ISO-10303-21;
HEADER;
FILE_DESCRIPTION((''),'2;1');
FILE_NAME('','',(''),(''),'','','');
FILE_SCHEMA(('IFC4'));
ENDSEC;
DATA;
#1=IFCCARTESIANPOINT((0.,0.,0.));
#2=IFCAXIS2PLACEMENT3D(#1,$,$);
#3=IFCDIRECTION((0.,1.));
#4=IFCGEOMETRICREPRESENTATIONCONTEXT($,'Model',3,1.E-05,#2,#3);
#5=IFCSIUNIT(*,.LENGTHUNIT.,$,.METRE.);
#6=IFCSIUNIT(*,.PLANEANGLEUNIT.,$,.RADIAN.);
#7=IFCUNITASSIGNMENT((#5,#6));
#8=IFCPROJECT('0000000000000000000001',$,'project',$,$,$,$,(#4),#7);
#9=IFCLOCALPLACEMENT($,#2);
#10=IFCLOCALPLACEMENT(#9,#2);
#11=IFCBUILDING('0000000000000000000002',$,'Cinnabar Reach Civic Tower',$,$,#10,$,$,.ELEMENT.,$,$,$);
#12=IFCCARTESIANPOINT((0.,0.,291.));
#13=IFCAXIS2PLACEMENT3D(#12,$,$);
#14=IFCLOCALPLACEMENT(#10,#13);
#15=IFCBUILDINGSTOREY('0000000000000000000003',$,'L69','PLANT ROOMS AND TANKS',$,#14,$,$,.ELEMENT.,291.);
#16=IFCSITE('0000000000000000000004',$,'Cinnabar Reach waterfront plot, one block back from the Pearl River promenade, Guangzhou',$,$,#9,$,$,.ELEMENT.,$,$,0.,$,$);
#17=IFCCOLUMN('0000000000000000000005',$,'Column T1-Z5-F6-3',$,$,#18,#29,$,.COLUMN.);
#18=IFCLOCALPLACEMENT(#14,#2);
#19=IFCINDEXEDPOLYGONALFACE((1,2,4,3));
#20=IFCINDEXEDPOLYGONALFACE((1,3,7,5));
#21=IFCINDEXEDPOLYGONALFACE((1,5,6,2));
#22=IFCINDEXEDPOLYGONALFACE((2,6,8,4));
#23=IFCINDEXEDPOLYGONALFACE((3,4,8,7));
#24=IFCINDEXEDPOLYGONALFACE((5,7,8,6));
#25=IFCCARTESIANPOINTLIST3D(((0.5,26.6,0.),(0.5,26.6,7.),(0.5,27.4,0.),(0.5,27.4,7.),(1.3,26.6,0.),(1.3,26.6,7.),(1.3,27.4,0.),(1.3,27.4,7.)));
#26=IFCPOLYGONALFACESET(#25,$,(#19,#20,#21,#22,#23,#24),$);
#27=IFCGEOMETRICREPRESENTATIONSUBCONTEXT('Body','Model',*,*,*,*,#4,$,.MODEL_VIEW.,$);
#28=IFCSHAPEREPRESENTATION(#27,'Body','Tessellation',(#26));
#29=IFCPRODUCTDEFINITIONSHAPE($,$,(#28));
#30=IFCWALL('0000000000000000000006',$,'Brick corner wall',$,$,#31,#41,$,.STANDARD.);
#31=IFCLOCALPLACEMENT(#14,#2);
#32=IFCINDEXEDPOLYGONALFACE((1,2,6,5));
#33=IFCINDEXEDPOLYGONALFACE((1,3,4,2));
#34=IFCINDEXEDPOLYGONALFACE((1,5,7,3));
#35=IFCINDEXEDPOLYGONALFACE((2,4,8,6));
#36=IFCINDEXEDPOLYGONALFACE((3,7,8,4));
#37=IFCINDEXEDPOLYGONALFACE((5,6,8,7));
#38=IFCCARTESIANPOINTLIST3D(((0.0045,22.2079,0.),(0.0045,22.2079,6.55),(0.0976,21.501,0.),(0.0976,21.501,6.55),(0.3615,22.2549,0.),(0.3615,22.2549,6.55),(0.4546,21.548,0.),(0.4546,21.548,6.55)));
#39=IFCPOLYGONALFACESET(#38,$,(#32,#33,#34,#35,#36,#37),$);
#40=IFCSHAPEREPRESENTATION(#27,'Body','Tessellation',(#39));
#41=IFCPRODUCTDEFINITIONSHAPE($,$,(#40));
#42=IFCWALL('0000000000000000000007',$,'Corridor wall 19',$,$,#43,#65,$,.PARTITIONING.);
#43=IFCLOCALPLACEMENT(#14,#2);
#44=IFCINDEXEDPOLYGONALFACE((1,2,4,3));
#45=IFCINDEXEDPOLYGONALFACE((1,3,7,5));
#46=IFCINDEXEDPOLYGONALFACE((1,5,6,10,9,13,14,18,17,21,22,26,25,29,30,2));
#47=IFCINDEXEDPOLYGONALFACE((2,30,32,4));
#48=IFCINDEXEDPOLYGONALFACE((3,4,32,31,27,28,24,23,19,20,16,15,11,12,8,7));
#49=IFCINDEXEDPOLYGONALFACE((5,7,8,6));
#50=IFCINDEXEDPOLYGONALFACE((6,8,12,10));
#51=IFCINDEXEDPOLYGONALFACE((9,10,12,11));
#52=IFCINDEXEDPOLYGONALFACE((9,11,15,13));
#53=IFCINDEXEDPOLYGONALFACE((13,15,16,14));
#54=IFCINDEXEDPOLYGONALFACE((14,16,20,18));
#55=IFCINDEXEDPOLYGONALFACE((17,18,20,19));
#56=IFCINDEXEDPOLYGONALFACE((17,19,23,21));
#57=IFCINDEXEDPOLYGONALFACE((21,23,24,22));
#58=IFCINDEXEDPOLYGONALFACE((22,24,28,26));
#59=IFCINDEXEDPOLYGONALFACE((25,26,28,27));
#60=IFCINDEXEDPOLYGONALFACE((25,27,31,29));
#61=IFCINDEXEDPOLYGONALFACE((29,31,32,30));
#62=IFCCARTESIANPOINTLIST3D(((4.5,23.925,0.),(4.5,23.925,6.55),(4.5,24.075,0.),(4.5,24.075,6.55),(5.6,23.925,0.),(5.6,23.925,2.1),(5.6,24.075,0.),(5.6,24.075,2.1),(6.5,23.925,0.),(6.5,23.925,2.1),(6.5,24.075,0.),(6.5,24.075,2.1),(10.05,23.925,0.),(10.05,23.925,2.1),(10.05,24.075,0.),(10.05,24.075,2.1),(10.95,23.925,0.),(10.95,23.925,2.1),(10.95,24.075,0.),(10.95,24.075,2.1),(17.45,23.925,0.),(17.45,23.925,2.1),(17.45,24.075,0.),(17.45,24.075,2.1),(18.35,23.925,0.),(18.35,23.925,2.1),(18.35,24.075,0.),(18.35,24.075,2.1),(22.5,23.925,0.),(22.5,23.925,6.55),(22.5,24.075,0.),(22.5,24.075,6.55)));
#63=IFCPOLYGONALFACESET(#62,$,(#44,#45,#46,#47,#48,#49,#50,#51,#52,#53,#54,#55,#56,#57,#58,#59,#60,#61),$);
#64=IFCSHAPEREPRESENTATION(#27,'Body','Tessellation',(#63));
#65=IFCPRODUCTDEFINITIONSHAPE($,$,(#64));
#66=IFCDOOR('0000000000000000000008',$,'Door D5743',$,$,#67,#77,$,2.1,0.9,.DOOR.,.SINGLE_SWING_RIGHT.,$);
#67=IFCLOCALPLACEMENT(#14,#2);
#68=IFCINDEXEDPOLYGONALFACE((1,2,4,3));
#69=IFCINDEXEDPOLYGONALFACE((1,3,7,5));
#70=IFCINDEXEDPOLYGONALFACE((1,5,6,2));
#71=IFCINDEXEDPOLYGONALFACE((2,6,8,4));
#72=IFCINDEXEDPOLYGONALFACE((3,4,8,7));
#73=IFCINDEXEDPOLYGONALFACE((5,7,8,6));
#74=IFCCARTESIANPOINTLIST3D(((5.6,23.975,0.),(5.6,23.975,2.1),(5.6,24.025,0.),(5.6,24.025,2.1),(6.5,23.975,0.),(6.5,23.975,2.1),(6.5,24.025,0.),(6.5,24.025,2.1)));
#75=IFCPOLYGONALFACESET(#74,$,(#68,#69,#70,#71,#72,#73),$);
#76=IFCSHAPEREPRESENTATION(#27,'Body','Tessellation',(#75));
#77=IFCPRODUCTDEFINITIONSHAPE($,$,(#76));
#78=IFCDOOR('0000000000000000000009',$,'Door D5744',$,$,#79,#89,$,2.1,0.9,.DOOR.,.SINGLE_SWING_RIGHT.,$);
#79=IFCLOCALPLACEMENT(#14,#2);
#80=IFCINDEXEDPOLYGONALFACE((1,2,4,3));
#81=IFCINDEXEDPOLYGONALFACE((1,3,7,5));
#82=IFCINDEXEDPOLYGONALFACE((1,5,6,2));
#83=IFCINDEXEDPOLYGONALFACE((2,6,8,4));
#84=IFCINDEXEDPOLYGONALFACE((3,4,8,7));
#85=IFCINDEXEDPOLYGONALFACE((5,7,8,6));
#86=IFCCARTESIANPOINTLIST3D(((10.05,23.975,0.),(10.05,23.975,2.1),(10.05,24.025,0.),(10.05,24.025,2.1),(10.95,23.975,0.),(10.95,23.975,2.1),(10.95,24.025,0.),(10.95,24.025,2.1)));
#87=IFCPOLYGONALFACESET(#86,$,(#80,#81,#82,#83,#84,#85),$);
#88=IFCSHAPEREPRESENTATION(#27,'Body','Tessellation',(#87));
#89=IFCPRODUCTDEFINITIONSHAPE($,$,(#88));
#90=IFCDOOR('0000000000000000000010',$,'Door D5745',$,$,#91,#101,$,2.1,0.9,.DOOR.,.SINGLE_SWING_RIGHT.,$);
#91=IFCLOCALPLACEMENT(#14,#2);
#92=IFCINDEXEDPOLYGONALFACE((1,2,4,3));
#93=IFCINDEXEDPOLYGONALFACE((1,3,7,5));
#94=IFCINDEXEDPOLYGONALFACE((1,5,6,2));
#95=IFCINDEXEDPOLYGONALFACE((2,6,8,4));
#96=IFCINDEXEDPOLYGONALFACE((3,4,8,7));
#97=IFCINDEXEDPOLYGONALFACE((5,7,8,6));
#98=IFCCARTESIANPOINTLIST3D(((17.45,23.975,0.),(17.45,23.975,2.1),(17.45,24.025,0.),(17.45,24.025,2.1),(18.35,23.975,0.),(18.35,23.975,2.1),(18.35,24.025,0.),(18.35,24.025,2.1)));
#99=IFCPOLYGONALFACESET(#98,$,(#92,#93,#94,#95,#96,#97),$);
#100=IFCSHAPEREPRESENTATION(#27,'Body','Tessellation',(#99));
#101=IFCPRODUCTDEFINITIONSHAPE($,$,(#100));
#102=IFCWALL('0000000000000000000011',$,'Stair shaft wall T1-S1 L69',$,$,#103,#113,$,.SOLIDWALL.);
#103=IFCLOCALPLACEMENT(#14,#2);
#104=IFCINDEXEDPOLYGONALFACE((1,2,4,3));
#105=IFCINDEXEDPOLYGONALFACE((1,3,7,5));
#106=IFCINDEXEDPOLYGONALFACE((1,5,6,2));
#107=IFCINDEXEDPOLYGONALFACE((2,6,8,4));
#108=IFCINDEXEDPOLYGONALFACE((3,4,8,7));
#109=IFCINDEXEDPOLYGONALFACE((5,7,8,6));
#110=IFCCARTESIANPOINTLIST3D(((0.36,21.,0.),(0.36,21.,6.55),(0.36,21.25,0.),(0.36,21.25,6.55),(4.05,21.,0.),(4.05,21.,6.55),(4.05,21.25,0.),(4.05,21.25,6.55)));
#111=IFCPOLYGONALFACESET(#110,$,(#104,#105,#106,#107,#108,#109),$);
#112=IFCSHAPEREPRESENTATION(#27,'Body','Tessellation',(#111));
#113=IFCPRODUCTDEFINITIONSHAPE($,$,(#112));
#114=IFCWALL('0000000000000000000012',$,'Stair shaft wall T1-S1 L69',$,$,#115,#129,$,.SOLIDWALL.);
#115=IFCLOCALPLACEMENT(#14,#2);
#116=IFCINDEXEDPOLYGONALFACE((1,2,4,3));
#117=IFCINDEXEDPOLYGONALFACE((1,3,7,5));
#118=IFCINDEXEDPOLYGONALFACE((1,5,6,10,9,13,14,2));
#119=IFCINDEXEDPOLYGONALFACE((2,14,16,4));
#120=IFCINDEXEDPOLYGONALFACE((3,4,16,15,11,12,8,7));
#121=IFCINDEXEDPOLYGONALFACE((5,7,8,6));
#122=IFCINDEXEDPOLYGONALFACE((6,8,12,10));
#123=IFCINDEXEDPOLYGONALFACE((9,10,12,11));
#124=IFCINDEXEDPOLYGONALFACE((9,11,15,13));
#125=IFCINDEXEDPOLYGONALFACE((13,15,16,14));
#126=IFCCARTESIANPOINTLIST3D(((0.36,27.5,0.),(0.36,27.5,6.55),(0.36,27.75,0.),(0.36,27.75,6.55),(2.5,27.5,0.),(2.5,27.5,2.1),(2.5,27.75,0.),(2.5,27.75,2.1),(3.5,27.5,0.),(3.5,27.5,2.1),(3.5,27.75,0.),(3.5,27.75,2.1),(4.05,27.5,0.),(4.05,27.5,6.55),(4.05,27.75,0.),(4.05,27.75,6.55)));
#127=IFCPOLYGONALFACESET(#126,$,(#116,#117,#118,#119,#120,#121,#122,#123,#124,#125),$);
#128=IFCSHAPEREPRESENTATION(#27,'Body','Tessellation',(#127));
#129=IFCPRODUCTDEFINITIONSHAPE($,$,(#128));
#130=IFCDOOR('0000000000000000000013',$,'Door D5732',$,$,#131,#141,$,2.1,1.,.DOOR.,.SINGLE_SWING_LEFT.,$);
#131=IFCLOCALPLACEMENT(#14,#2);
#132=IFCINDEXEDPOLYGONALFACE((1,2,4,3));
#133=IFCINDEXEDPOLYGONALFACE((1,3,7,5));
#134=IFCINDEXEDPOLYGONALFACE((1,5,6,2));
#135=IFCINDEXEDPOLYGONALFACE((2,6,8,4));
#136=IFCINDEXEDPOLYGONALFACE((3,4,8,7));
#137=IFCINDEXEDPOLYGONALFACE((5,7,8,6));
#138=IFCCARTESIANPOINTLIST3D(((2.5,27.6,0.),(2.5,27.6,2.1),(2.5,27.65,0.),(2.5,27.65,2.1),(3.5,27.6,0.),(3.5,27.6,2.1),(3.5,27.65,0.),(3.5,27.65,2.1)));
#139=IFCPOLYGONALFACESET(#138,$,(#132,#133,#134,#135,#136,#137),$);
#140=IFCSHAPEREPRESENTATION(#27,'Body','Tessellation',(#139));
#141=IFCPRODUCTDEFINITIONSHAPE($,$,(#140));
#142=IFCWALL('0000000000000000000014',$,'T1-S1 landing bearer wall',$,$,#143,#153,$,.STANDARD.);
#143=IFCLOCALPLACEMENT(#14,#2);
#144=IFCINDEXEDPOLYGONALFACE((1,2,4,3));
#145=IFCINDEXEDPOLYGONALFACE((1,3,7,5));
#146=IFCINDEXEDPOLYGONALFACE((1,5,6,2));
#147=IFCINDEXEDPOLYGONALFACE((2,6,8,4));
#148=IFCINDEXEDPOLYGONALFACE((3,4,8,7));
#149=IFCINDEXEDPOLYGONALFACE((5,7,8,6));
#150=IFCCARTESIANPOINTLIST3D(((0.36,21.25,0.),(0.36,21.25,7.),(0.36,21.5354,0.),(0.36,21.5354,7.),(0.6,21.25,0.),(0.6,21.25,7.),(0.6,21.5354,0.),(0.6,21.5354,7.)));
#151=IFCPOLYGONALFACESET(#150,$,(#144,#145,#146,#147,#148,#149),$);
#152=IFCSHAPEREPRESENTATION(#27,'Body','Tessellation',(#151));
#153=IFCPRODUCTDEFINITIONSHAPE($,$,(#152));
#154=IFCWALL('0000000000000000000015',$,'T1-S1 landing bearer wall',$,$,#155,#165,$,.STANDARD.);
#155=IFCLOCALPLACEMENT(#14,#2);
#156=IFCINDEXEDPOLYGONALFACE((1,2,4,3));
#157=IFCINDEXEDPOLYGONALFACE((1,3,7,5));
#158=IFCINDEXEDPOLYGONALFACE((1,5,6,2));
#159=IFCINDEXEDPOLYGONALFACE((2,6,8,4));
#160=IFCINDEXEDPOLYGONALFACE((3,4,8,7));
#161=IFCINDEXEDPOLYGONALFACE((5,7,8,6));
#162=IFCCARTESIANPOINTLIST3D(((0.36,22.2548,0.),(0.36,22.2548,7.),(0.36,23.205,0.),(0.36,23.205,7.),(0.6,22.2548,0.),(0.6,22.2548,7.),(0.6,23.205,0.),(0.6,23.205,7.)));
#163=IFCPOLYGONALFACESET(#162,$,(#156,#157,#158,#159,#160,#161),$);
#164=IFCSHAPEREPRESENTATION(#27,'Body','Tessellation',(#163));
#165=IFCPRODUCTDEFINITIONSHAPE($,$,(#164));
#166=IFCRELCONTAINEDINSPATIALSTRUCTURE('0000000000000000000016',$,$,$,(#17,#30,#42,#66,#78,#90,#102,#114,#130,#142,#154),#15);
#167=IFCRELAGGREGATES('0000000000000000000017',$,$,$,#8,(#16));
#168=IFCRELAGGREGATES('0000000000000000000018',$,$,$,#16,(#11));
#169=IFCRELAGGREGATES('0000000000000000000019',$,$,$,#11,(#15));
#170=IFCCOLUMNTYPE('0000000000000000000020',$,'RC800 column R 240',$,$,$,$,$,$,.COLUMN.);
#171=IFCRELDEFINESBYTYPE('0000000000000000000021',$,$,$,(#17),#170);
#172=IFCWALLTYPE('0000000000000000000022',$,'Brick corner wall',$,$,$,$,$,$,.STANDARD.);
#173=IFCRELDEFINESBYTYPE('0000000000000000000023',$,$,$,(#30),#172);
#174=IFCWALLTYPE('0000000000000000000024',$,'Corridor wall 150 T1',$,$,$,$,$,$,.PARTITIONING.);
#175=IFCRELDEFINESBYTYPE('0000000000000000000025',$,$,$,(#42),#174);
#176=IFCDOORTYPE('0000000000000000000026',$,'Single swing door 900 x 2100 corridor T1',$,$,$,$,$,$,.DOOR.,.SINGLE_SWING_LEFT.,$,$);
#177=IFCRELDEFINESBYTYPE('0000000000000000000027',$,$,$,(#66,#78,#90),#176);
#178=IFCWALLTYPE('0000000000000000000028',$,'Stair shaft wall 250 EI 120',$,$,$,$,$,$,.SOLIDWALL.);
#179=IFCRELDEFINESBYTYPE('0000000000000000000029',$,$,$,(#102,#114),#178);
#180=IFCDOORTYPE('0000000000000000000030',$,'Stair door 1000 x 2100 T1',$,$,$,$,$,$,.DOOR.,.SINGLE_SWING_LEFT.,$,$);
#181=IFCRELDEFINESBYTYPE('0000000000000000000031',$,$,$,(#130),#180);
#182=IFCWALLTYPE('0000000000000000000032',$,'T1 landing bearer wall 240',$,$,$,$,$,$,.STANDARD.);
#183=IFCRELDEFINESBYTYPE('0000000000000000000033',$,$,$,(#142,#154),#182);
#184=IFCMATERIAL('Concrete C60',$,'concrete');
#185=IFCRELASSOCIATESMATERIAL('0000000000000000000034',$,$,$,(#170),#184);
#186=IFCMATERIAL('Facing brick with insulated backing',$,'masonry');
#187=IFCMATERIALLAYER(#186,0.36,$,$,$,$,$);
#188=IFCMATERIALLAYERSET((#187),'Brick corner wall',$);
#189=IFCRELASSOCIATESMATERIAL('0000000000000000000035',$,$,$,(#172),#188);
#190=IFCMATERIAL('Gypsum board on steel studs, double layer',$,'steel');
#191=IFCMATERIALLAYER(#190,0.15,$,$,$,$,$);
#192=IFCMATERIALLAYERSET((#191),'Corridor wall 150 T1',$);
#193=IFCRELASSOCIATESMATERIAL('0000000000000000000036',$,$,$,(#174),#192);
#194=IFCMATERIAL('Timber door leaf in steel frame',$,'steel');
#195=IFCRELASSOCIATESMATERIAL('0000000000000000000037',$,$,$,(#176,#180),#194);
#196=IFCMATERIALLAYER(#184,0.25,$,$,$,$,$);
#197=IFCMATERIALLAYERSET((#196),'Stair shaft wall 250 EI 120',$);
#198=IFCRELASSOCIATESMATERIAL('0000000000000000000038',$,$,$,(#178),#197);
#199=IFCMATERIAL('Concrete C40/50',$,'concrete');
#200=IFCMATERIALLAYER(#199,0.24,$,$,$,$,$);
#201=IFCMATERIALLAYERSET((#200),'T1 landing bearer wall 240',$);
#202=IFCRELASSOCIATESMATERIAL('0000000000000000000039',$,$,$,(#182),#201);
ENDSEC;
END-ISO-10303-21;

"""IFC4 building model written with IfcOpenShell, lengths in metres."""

from ifc_helpers import new_model, si_unit, direction, frame, frame_2d, origin, origin_2d, place, context, subcontext, project, spatial, rectangle, extrude, material, layer, layer_set, material_profile, profile_set, type_object, element, fill, save


model = new_model("IFC4")

# Units and contexts
model_context = context("Model", 3, precision=1e-05, world=origin(), true_north=direction((0.0, 1.0)))
body_context = subcontext(model_context, "Body", "Model", "MODEL_VIEW")
ifc_project = project(units=[si_unit("LENGTHUNIT", "METRE"), si_unit("PLANEANGLEUNIT", "RADIAN")], contexts=[model_context])

# Site, building, storey
site_placement = place(None, origin())
site = spatial("IfcSite", under=ifc_project, at=site_placement, Name="Cinnabar Reach waterfront plot, one block back from the Pearl River promenade, Guangzhou", CompositionType="ELEMENT", RefElevation=0.0)
building_placement = place(site_placement, origin())
building = spatial("IfcBuilding", under=site, at=building_placement, Name="Cinnabar Reach Civic Tower", CompositionType="ELEMENT")
storey_placement = place(building_placement, frame((0.0, 0.0, 291.0)))
storey = spatial("IfcBuildingStorey", under=building, at=storey_placement, Name="L69", Description="PLANT ROOMS AND TANKS", CompositionType="ELEMENT", Elevation=291.0)

# Column
ifc_material_1 = material(Name="Concrete C60", Category="concrete")
ifc_material_profile = material_profile(ifc_material_1, rectangle(XDim=0.8, YDim=0.8, at=origin_2d()), Name="RC800")
ifc_profile_set = profile_set([ifc_material_profile], Name="Concrete C60")
column_type = type_object("IfcColumnType", Name="RC800 column R 240", PredefinedType="COLUMN", material=ifc_profile_set)
column_placement = place(storey_placement, frame((0.9, 27.0, 0.0), z_axis=(0.0, 0.0, 1.0), x_axis=(1.0, 0.0, 0.0)))
element("IfcColumn", 1, at=column_placement, inside=storey, type_object=column_type, Name="Column T1-Z5-F6-3", PredefinedType="COLUMN", context=body_context, shape_type="SweptSolid", body=[
    extrude(rectangle(XDim=0.8, YDim=0.8, at=origin_2d()), origin(), (0.0, 0.0, 1.0), 7.0),
])

# Wall
ifc_material_2 = material(Name="Facing brick with insulated backing", Category="masonry")
ifc_layer_1 = layer(ifc_material_2, 0.36)
ifc_layer_set_1 = layer_set([ifc_layer_1], Name="Brick corner wall")
wall_type_1 = type_object("IfcWallType", Name="Brick corner wall", PredefinedType="STANDARD", material=ifc_layer_set_1)
wall_1_placement = place(storey_placement, frame((0.183, 22.2314, 0.0), z_axis=(0.0, 0.0, 1.0), x_axis=(0.130556, -0.991441, 0.0)))
element("IfcWall", 2, at=wall_1_placement, inside=storey, type_object=wall_type_1, Name="Brick corner wall", PredefinedType="STANDARD", context=body_context, shape_type="SweptSolid", body=[
    extrude(rectangle(XDim=0.7131, YDim=0.36, at=frame_2d((0.3565, 0.0))), origin(), (0.0, 0.0, 1.0), 6.55),
])

# Wall, openings, doors
ifc_material_3 = material(Name="Gypsum board on steel studs, double layer", Category="steel")
ifc_layer_2 = layer(ifc_material_3, 0.15)
ifc_layer_set_2 = layer_set([ifc_layer_2], Name="Corridor wall 150 T1")
wall_type_2 = type_object("IfcWallType", Name="Corridor wall 150 T1", PredefinedType="PARTITIONING", material=ifc_layer_set_2)
wall_2_placement = place(storey_placement, frame((4.5, 24.0, 0.0), z_axis=(0.0, 0.0, 1.0), x_axis=(1.0, 0.0, 0.0)))
wall_2 = element("IfcWall", 3, at=wall_2_placement, inside=storey, type_object=wall_type_2, Name="Corridor wall 19", PredefinedType="PARTITIONING", context=body_context, shape_type="SweptSolid", body=[
    extrude(rectangle(XDim=18.0, YDim=0.15, at=frame_2d((9.0, 0.0))), origin(), (0.0, 0.0, 1.0), 6.55),
])
opening_1_placement = place(wall_2_placement, frame((1.1, 0.0, 0.0)))
opening_1 = element("IfcOpeningElement", 4, at=opening_1_placement, cuts=wall_2, PredefinedType="OPENING", context=body_context, shape_type="SweptSolid", body=[
    extrude(rectangle(XDim=0.9, YDim=2.1, at=frame_2d((0.45, 1.05))), frame((0.0, 0.085, 0.0), z_axis=(0.0, -1.0, 0.0), x_axis=(1.0, 0.0, 0.0)), (0.0, 0.0, 1.0), 0.17),
])
opening_2_placement = place(wall_2_placement, frame((5.55, 0.0, 0.0)))
opening_2 = element("IfcOpeningElement", 5, at=opening_2_placement, cuts=wall_2, PredefinedType="OPENING", context=body_context, shape_type="SweptSolid", body=[
    extrude(rectangle(XDim=0.9, YDim=2.1, at=frame_2d((0.45, 1.05))), frame((0.0, 0.085, 0.0), z_axis=(0.0, -1.0, 0.0), x_axis=(1.0, 0.0, 0.0)), (0.0, 0.0, 1.0), 0.17),
])
opening_3_placement = place(wall_2_placement, frame((12.95, 0.0, 0.0)))
opening_3 = element("IfcOpeningElement", 6, at=opening_3_placement, cuts=wall_2, PredefinedType="OPENING", context=body_context, shape_type="SweptSolid", body=[
    extrude(rectangle(XDim=0.9, YDim=2.1, at=frame_2d((0.45, 1.05))), frame((0.0, 0.085, 0.0), z_axis=(0.0, -1.0, 0.0), x_axis=(1.0, 0.0, 0.0)), (0.0, 0.0, 1.0), 0.17),
])
ifc_material_4 = material(Name="Timber door leaf in steel frame", Category="steel")
door_type_1 = type_object("IfcDoorType", Name="Single swing door 900 x 2100 corridor T1", OperationType="SINGLE_SWING_LEFT", PredefinedType="DOOR", material=ifc_material_4)
door_1_placement = place(opening_1_placement, frame((0.9, 0.0, 0.0), z_axis=(0.0, 0.0, 1.0), x_axis=(-1.0, 0.0, 0.0)))
door_1 = element("IfcDoor", 7, at=door_1_placement, inside=storey, type_object=door_type_1, Name="Door D5743", OperationType="SINGLE_SWING_RIGHT", OverallHeight=2.1, OverallWidth=0.9, PredefinedType="DOOR", context=body_context, shape_type="SweptSolid", body=[
    extrude(rectangle(XDim=0.9, YDim=2.1, at=frame_2d((0.45, 1.05))), frame((0.0, 0.025, 0.0), z_axis=(0.0, -1.0, 0.0), x_axis=(1.0, 0.0, 0.0)), (0.0, 0.0, 1.0), 0.05),
])
fill(opening_1, door_1)
door_2_placement = place(opening_2_placement, frame((0.9, 0.0, 0.0), z_axis=(0.0, 0.0, 1.0), x_axis=(-1.0, 0.0, 0.0)))
door_2 = element("IfcDoor", 8, at=door_2_placement, inside=storey, type_object=door_type_1, Name="Door D5744", OperationType="SINGLE_SWING_RIGHT", OverallHeight=2.1, OverallWidth=0.9, PredefinedType="DOOR", context=body_context, shape_type="SweptSolid", body=[
    extrude(rectangle(XDim=0.9, YDim=2.1, at=frame_2d((0.45, 1.05))), frame((0.0, 0.025, 0.0), z_axis=(0.0, -1.0, 0.0), x_axis=(1.0, 0.0, 0.0)), (0.0, 0.0, 1.0), 0.05),
])
fill(opening_2, door_2)
door_3_placement = place(opening_3_placement, frame((0.9, 0.0, 0.0), z_axis=(0.0, 0.0, 1.0), x_axis=(-1.0, 0.0, 0.0)))
door_3 = element("IfcDoor", 9, at=door_3_placement, inside=storey, type_object=door_type_1, Name="Door D5745", OperationType="SINGLE_SWING_RIGHT", OverallHeight=2.1, OverallWidth=0.9, PredefinedType="DOOR", context=body_context, shape_type="SweptSolid", body=[
    extrude(rectangle(XDim=0.9, YDim=2.1, at=frame_2d((0.45, 1.05))), frame((0.0, 0.025, 0.0), z_axis=(0.0, -1.0, 0.0), x_axis=(1.0, 0.0, 0.0)), (0.0, 0.0, 1.0), 0.05),
])
fill(opening_3, door_3)

# Wall
ifc_layer_3 = layer(ifc_material_1, 0.25)
ifc_layer_set_3 = layer_set([ifc_layer_3], Name="Stair shaft wall 250 EI 120")
wall_type_3 = type_object("IfcWallType", Name="Stair shaft wall 250 EI 120", PredefinedType="SOLIDWALL", material=ifc_layer_set_3)
wall_3_placement = place(storey_placement, frame((0.36, 21.125, 0.0), z_axis=(0.0, 0.0, 1.0), x_axis=(1.0, 0.0, 0.0)))
element("IfcWall", 10, at=wall_3_placement, inside=storey, type_object=wall_type_3, Name="Stair shaft wall T1-S1 L69", PredefinedType="SOLIDWALL", context=body_context, shape_type="SweptSolid", body=[
    extrude(rectangle(XDim=3.69, YDim=0.25, at=frame_2d((1.845, 0.0))), origin(), (0.0, 0.0, 1.0), 6.55),
])

# Wall, opening, door
wall_4_placement = place(storey_placement, frame((4.05, 27.625, 0.0), z_axis=(0.0, 0.0, 1.0), x_axis=(-1.0, 0.0, 0.0)))
wall_4 = element("IfcWall", 11, at=wall_4_placement, inside=storey, type_object=wall_type_3, Name="Stair shaft wall T1-S1 L69", PredefinedType="SOLIDWALL", context=body_context, shape_type="SweptSolid", body=[
    extrude(rectangle(XDim=3.69, YDim=0.25, at=frame_2d((1.845, 0.0))), origin(), (0.0, 0.0, 1.0), 6.55),
])
opening_4_placement = place(wall_4_placement, frame((0.55, 0.0, 0.0)))
opening_4 = element("IfcOpeningElement", 12, at=opening_4_placement, cuts=wall_4, PredefinedType="OPENING", context=body_context, shape_type="SweptSolid", body=[
    extrude(rectangle(XDim=1.0, YDim=2.1, at=frame_2d((0.5, 1.05))), frame((0.0, 0.135, 0.0), z_axis=(0.0, -1.0, 0.0), x_axis=(1.0, 0.0, 0.0)), (0.0, 0.0, 1.0), 0.27),
])
door_type_2 = type_object("IfcDoorType", Name="Stair door 1000 x 2100 T1", OperationType="SINGLE_SWING_LEFT", PredefinedType="DOOR", material=ifc_material_4)
door_4_placement = place(opening_4_placement, origin())
door_4 = element("IfcDoor", 13, at=door_4_placement, inside=storey, type_object=door_type_2, Name="Door D5732", OperationType="SINGLE_SWING_LEFT", OverallHeight=2.1, OverallWidth=1.0, PredefinedType="DOOR", context=body_context, shape_type="SweptSolid", body=[
    extrude(rectangle(XDim=1.0, YDim=2.1, at=frame_2d((0.5, 1.05))), frame((0.0, 0.025, 0.0), z_axis=(0.0, -1.0, 0.0), x_axis=(1.0, 0.0, 0.0)), (0.0, 0.0, 1.0), 0.05),
])
fill(opening_4, door_4)

# Walls
ifc_material_5 = material(Name="Concrete C40/50", Category="concrete")
ifc_layer_4 = layer(ifc_material_5, 0.24)
ifc_layer_set_4 = layer_set([ifc_layer_4], Name="T1 landing bearer wall 240")
wall_type_4 = type_object("IfcWallType", Name="T1 landing bearer wall 240", PredefinedType="STANDARD", material=ifc_layer_set_4)
wall_5_placement = place(storey_placement, frame((0.48, 21.25, 0.0), z_axis=(0.0, 0.0, 1.0), x_axis=(0.0, 1.0, 0.0)))
element("IfcWall", 14, at=wall_5_placement, inside=storey, type_object=wall_type_4, Name="T1-S1 landing bearer wall", PredefinedType="STANDARD", context=body_context, shape_type="SweptSolid", body=[
    extrude(rectangle(XDim=0.2854, YDim=0.24, at=frame_2d((0.1427, 0.0))), origin(), (0.0, 0.0, 1.0), 7.0),
])
wall_6_placement = place(storey_placement, frame((0.48, 22.2549, 0.0), z_axis=(0.0, 0.0, 1.0), x_axis=(0.0, 1.0, 0.0)))
element("IfcWall", 15, at=wall_6_placement, inside=storey, type_object=wall_type_4, Name="T1-S1 landing bearer wall", PredefinedType="STANDARD", context=body_context, shape_type="SweptSolid", body=[
    extrude(rectangle(XDim=0.9501, YDim=0.24, at=frame_2d((0.475, 0.0))), origin(), (0.0, 0.0, 1.0), 7.0),
])

save(model, "model.ifc")
